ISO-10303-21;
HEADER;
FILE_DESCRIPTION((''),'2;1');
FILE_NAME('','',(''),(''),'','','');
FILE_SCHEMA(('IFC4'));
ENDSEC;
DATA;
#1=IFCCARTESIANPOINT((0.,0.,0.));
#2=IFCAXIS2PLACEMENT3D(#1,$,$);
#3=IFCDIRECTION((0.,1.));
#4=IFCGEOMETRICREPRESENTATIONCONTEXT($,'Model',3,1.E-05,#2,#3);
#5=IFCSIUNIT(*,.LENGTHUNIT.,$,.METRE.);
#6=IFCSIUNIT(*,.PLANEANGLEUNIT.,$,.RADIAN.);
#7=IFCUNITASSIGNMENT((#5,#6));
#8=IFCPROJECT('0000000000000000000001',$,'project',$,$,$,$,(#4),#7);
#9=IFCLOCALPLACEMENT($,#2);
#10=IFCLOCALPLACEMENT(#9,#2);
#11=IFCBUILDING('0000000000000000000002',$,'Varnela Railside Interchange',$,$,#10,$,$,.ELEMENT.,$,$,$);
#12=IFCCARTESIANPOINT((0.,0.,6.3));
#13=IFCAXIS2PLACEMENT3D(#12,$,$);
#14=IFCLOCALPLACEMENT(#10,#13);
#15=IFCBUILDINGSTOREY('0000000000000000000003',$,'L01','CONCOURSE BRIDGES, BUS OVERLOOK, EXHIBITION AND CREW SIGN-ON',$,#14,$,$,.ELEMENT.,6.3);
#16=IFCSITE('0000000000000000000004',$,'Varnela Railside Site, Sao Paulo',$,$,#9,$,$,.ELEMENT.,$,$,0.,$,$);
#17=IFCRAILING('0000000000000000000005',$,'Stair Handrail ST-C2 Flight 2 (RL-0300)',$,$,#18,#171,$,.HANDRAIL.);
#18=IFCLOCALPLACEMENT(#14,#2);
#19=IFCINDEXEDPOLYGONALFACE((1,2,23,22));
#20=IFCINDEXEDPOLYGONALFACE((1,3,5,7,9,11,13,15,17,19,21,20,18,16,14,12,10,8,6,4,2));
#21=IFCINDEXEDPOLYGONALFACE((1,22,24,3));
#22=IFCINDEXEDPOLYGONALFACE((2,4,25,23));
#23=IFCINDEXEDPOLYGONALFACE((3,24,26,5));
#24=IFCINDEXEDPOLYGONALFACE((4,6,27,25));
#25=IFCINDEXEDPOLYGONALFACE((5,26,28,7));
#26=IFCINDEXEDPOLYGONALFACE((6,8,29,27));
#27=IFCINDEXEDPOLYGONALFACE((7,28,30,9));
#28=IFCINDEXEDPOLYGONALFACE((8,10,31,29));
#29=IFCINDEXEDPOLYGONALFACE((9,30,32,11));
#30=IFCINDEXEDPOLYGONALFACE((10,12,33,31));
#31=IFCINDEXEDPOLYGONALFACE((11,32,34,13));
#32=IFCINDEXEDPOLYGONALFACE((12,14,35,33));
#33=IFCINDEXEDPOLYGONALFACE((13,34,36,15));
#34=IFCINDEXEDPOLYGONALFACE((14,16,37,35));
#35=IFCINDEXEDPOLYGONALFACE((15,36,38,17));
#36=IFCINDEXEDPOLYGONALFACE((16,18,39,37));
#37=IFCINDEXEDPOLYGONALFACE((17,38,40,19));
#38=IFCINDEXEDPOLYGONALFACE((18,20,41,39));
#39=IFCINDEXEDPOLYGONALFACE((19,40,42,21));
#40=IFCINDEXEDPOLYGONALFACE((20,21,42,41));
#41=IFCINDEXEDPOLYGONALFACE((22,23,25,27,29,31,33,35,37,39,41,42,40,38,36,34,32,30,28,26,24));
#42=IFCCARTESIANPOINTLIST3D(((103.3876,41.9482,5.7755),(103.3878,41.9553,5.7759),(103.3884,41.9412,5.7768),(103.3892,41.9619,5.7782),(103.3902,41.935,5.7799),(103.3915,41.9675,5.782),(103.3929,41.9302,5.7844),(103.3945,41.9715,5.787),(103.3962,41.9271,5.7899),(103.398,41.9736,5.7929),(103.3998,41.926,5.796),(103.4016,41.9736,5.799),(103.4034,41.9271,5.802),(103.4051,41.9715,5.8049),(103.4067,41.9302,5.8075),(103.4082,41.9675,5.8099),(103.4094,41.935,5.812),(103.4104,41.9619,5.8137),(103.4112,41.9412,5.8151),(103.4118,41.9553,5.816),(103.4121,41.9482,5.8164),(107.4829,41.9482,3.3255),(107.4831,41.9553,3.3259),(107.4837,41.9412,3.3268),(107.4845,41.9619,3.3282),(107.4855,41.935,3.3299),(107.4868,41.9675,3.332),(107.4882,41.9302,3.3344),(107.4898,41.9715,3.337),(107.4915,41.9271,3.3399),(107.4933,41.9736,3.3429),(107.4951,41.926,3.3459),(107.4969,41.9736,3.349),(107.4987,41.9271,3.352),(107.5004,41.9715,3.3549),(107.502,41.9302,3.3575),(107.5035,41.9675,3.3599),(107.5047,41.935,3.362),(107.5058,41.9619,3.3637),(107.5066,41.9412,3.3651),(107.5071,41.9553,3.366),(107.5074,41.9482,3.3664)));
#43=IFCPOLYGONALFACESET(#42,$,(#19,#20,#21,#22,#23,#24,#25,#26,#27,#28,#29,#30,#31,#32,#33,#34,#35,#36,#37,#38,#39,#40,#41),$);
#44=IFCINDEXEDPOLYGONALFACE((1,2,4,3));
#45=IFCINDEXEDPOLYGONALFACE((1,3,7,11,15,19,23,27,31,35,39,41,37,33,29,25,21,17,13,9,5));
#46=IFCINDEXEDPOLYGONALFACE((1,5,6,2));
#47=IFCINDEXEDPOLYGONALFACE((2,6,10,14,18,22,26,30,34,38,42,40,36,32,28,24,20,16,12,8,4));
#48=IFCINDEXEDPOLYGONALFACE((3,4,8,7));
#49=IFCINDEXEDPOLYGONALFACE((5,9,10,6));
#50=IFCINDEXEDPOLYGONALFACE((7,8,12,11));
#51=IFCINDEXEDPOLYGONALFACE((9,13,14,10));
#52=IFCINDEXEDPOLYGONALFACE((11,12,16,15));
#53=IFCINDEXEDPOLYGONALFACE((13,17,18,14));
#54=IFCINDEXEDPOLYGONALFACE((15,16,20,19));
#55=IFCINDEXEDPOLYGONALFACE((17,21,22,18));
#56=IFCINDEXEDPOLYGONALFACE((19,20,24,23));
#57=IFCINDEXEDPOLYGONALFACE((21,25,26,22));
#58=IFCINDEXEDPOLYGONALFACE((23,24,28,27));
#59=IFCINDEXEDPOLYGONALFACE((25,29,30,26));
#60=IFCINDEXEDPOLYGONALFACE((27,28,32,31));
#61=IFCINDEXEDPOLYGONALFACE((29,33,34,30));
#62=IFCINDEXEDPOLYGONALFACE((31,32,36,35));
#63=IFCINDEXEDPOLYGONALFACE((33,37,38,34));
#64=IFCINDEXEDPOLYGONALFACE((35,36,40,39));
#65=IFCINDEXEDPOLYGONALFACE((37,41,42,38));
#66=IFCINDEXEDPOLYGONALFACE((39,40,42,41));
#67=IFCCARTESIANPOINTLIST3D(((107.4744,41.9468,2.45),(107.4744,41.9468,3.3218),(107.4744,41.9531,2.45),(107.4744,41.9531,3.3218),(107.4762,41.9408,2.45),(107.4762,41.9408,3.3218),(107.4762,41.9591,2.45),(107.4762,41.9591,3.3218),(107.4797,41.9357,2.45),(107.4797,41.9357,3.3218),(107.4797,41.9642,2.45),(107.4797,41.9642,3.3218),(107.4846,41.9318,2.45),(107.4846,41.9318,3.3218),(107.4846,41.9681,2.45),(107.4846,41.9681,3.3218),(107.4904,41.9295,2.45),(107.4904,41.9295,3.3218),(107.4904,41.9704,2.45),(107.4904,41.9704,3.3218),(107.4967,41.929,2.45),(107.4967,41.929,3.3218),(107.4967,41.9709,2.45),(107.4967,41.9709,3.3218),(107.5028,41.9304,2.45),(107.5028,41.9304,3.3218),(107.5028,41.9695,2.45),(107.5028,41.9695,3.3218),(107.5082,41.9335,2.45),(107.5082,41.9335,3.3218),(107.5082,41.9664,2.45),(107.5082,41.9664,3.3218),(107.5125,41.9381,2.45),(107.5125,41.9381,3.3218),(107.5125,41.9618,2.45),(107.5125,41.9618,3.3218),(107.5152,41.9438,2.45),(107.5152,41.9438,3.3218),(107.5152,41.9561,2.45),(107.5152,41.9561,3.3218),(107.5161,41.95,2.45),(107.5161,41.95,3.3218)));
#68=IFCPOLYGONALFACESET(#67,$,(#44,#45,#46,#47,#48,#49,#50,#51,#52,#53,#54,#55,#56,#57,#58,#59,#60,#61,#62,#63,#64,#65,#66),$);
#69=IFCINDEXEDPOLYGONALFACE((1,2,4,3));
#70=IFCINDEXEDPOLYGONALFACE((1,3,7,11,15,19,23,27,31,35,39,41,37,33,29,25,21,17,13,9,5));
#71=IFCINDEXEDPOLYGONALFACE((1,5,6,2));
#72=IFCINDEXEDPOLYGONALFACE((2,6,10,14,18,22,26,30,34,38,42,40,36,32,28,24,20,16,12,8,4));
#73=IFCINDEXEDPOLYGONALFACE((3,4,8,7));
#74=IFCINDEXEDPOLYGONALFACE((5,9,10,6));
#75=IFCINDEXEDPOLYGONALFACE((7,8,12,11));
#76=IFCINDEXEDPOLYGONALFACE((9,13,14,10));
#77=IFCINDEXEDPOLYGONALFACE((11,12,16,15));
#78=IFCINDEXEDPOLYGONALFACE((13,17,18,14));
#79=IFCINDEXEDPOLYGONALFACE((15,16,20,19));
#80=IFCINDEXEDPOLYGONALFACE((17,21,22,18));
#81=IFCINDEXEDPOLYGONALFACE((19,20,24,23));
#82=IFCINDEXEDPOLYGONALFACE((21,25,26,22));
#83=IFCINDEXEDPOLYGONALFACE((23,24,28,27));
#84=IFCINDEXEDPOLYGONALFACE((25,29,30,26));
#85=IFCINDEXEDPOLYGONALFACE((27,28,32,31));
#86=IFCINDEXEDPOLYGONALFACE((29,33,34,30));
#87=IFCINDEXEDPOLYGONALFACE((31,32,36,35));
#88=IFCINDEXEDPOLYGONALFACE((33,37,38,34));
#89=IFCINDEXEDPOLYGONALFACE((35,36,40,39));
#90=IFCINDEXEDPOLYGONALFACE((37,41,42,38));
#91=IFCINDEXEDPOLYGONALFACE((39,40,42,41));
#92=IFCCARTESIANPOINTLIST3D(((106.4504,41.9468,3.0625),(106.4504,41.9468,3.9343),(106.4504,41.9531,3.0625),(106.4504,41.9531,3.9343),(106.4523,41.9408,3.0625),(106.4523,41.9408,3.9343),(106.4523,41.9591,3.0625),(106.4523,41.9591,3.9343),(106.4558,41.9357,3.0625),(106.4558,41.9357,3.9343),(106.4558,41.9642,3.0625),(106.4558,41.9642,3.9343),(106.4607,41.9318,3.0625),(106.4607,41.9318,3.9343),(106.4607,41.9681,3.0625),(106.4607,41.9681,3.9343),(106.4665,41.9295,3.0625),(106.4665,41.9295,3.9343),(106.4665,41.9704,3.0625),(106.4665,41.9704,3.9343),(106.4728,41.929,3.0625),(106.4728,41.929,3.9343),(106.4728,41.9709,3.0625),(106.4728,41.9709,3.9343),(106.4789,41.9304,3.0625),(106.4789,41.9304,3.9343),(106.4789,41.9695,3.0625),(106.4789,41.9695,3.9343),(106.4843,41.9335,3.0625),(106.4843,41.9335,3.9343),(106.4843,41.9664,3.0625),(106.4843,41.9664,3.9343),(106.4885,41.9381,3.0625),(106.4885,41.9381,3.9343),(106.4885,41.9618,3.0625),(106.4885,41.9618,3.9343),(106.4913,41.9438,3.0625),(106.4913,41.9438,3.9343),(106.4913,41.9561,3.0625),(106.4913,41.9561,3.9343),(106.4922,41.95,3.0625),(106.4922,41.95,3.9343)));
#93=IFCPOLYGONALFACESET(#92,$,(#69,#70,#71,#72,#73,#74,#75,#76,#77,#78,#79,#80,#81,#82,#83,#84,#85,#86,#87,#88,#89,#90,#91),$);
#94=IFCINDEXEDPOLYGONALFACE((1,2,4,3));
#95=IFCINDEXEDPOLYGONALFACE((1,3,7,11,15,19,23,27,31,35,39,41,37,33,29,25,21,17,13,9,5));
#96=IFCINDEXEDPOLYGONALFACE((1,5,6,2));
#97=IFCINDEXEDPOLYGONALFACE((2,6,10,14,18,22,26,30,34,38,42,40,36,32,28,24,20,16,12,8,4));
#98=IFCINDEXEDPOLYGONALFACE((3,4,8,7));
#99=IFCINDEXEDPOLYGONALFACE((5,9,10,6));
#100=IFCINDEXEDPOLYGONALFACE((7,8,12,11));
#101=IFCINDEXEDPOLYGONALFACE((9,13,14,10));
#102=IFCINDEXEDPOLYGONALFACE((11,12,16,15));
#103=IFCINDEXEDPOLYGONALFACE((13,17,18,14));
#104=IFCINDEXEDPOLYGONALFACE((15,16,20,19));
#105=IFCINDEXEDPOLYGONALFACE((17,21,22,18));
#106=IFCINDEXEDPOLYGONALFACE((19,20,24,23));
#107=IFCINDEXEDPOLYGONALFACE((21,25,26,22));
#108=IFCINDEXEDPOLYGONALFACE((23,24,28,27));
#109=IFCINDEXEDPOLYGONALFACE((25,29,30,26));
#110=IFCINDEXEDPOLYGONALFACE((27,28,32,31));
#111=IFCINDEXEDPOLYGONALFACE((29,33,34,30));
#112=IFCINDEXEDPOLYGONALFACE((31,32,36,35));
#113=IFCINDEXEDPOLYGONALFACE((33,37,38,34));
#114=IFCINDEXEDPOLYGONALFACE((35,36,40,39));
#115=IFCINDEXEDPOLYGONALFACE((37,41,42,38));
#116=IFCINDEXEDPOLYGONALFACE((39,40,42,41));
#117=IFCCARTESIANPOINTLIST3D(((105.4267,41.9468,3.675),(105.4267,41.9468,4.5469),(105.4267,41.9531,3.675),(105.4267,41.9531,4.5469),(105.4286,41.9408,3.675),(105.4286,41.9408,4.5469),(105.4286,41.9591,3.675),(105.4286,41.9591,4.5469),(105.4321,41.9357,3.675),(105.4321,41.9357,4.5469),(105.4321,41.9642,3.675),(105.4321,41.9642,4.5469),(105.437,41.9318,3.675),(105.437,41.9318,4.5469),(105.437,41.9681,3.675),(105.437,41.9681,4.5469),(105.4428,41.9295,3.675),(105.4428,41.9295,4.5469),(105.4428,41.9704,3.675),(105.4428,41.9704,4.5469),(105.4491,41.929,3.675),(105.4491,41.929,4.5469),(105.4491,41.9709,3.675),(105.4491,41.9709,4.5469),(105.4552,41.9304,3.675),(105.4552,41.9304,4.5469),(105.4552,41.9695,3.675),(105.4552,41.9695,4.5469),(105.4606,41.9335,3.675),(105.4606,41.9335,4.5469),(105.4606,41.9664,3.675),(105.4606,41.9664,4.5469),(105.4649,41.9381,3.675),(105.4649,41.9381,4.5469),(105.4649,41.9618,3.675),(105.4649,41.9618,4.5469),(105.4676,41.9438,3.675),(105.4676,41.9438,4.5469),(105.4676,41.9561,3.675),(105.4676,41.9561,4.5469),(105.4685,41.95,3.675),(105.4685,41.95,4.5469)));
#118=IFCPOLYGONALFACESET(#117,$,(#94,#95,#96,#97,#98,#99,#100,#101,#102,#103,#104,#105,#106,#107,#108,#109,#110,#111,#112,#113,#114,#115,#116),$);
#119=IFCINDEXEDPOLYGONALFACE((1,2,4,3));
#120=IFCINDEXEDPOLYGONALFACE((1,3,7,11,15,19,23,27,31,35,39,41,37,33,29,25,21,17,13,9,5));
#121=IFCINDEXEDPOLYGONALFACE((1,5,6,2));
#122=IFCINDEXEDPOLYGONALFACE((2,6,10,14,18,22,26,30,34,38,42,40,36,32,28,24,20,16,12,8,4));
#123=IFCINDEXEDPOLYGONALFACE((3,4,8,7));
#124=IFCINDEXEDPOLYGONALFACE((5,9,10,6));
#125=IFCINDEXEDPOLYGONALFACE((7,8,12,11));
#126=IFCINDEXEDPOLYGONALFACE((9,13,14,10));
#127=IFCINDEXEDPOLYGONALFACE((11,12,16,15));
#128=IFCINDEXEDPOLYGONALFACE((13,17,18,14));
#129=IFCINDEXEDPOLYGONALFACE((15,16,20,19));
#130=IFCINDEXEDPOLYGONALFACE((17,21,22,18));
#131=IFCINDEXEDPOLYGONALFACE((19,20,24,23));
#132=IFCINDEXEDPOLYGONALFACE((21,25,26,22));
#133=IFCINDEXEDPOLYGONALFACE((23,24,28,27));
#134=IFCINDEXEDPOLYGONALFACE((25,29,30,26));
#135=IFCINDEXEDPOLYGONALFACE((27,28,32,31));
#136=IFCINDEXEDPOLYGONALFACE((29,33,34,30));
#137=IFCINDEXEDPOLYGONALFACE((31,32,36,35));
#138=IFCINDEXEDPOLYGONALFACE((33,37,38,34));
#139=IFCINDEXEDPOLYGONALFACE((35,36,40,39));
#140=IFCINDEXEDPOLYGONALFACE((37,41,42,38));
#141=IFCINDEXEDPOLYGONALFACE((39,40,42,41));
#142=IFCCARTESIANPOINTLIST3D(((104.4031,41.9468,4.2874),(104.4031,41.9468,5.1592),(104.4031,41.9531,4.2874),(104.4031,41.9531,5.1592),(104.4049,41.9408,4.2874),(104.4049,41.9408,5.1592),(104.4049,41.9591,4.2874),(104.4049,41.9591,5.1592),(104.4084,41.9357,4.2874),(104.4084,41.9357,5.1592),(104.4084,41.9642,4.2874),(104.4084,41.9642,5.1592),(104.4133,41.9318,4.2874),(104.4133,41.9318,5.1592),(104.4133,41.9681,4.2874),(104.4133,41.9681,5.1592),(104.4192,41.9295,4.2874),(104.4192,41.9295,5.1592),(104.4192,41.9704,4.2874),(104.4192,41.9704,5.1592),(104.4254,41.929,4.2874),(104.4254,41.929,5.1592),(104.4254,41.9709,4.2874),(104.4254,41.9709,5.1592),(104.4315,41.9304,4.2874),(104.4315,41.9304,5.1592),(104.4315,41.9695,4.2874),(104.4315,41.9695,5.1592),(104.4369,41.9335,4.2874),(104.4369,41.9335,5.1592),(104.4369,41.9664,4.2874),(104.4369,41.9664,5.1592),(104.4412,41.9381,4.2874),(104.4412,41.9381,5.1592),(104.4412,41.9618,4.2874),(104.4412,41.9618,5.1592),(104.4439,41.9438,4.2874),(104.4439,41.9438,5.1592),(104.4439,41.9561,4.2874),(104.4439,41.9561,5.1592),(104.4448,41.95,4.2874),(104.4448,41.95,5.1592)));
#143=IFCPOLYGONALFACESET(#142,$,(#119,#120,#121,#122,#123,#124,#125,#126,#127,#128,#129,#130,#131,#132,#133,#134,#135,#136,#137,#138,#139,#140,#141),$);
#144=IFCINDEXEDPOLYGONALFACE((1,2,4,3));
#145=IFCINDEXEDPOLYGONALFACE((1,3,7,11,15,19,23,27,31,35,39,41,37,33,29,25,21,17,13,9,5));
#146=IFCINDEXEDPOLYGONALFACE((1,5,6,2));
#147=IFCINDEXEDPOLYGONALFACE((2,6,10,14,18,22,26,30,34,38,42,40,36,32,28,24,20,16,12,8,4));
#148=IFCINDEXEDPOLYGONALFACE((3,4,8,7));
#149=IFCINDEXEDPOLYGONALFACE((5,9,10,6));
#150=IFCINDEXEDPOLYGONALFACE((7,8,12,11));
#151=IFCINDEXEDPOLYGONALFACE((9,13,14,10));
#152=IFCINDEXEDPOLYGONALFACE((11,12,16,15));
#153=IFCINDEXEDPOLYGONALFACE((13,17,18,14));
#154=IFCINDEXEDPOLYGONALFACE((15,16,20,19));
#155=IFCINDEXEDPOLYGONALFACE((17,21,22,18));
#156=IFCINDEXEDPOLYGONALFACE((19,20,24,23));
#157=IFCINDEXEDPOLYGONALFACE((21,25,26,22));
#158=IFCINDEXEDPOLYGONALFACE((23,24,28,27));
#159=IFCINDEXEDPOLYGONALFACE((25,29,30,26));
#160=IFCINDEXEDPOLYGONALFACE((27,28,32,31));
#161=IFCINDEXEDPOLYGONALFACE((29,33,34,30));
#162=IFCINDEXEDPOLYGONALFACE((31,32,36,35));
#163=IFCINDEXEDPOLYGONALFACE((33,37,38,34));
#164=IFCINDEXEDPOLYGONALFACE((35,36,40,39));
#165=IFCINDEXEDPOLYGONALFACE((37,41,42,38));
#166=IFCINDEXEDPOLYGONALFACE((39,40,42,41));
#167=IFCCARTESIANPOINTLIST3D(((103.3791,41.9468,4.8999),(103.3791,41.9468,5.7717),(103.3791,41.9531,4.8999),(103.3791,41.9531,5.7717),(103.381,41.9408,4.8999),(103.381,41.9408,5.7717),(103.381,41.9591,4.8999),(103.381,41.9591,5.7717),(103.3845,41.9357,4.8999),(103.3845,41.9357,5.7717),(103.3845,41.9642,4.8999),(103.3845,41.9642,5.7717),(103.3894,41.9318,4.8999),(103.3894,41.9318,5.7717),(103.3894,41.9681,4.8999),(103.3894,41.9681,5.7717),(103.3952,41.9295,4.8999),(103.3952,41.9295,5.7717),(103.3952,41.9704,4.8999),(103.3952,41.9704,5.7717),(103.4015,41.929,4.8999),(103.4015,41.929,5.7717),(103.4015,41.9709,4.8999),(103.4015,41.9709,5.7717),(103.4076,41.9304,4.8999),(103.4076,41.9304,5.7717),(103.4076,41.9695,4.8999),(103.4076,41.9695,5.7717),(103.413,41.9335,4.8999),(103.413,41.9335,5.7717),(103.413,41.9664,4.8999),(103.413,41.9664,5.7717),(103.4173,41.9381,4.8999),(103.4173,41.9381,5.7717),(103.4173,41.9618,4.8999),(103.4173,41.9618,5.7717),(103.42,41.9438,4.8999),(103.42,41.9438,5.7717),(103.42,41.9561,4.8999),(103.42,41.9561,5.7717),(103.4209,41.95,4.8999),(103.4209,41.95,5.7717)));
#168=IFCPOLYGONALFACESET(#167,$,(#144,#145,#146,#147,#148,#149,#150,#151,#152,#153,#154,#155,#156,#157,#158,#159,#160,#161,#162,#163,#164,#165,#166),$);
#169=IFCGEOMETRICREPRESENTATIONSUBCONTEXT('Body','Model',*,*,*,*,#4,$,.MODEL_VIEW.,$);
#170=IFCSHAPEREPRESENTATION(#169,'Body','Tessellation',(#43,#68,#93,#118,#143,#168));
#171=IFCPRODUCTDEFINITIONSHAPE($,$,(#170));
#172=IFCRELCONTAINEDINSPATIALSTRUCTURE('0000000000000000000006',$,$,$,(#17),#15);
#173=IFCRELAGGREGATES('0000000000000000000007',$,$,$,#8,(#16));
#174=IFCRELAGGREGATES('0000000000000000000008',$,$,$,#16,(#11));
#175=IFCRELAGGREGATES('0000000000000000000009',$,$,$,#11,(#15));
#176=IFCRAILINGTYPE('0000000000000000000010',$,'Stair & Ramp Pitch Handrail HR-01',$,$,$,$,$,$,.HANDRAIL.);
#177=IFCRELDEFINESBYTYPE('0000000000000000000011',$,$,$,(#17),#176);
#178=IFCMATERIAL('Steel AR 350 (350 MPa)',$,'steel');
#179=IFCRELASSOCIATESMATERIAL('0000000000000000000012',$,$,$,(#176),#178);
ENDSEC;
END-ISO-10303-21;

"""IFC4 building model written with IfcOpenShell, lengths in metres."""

from ifc_helpers import new_model, si_unit, direction, frame, origin, origin_2d, place, context, subcontext, project, spatial, circle, extrude, material, type_object, element, save


model = new_model("IFC4")

# Units and contexts
model_context = context("Model", 3, precision=1e-05, world=origin(), true_north=direction((0.0, 1.0)))
body_context = subcontext(model_context, "Body", "Model", "MODEL_VIEW")
ifc_project = project(units=[si_unit("LENGTHUNIT", "METRE"), si_unit("PLANEANGLEUNIT", "RADIAN")], contexts=[model_context])

# Site, building, storey
site_placement = place(None, origin())
site = spatial("IfcSite", under=ifc_project, at=site_placement, Name="Varnela Railside Site, Sao Paulo", CompositionType="ELEMENT", RefElevation=0.0)
building_placement = place(site_placement, origin())
building = spatial("IfcBuilding", under=site, at=building_placement, Name="Varnela Railside Interchange", CompositionType="ELEMENT")
storey_placement = place(building_placement, frame((0.0, 0.0, 6.3)))
storey = spatial("IfcBuildingStorey", under=building, at=storey_placement, Name="L01", Description="CONCOURSE BRIDGES, BUS OVERLOOK, EXHIBITION AND CREW SIGN-ON", CompositionType="ELEMENT", Elevation=6.3)

# Shared definitions
ifc_material_1 = material(Name="Steel AR 350 (350 MPa)", Category="steel")

# Railing
railing_type_1 = type_object("IfcRailingType", Name="Stair & Ramp Pitch Handrail HR-01", PredefinedType="HANDRAIL", material=ifc_material_1)
railing_1_placement = place(storey_placement, frame((107.4951, 41.95, 2.45)))
element("IfcRailing", 1, at=railing_1_placement, inside=storey, type_object=railing_type_1, Name="Stair Handrail ST-C2 Flight 2 (RL-0300)", PredefinedType="HANDRAIL", context=body_context, shape_type="SweptSolid", body=[
    extrude(circle(Radius=0.0239, at=origin_2d()), frame((0.0, 0.0, 0.896), z_axis=(-0.858156, 0.0, 0.513389), x_axis=(0.0, -1.0, 0.0)), (0.0, 0.0, 1.0), 4.7722),
    extrude(circle(Radius=0.021, at=origin_2d()), origin(), (0.0, 0.0, 1.0), 0.8718),
    extrude(circle(Radius=0.021, at=origin_2d()), frame((-1.0239, 0.0, 0.6125)), (0.0, 0.0, 1.0), 0.8718),
    extrude(circle(Radius=0.021, at=origin_2d()), frame((-2.0476, 0.0, 1.2251)), (0.0, 0.0, 1.0), 0.8718),
    extrude(circle(Radius=0.021, at=origin_2d()), frame((-3.0713, 0.0, 1.8374)), (0.0, 0.0, 1.0), 0.8718),
    extrude(circle(Radius=0.021, at=origin_2d()), frame((-4.0952, 0.0, 2.45)), (0.0, 0.0, 1.0), 0.8718),
])

save(model, "model.ifc")
